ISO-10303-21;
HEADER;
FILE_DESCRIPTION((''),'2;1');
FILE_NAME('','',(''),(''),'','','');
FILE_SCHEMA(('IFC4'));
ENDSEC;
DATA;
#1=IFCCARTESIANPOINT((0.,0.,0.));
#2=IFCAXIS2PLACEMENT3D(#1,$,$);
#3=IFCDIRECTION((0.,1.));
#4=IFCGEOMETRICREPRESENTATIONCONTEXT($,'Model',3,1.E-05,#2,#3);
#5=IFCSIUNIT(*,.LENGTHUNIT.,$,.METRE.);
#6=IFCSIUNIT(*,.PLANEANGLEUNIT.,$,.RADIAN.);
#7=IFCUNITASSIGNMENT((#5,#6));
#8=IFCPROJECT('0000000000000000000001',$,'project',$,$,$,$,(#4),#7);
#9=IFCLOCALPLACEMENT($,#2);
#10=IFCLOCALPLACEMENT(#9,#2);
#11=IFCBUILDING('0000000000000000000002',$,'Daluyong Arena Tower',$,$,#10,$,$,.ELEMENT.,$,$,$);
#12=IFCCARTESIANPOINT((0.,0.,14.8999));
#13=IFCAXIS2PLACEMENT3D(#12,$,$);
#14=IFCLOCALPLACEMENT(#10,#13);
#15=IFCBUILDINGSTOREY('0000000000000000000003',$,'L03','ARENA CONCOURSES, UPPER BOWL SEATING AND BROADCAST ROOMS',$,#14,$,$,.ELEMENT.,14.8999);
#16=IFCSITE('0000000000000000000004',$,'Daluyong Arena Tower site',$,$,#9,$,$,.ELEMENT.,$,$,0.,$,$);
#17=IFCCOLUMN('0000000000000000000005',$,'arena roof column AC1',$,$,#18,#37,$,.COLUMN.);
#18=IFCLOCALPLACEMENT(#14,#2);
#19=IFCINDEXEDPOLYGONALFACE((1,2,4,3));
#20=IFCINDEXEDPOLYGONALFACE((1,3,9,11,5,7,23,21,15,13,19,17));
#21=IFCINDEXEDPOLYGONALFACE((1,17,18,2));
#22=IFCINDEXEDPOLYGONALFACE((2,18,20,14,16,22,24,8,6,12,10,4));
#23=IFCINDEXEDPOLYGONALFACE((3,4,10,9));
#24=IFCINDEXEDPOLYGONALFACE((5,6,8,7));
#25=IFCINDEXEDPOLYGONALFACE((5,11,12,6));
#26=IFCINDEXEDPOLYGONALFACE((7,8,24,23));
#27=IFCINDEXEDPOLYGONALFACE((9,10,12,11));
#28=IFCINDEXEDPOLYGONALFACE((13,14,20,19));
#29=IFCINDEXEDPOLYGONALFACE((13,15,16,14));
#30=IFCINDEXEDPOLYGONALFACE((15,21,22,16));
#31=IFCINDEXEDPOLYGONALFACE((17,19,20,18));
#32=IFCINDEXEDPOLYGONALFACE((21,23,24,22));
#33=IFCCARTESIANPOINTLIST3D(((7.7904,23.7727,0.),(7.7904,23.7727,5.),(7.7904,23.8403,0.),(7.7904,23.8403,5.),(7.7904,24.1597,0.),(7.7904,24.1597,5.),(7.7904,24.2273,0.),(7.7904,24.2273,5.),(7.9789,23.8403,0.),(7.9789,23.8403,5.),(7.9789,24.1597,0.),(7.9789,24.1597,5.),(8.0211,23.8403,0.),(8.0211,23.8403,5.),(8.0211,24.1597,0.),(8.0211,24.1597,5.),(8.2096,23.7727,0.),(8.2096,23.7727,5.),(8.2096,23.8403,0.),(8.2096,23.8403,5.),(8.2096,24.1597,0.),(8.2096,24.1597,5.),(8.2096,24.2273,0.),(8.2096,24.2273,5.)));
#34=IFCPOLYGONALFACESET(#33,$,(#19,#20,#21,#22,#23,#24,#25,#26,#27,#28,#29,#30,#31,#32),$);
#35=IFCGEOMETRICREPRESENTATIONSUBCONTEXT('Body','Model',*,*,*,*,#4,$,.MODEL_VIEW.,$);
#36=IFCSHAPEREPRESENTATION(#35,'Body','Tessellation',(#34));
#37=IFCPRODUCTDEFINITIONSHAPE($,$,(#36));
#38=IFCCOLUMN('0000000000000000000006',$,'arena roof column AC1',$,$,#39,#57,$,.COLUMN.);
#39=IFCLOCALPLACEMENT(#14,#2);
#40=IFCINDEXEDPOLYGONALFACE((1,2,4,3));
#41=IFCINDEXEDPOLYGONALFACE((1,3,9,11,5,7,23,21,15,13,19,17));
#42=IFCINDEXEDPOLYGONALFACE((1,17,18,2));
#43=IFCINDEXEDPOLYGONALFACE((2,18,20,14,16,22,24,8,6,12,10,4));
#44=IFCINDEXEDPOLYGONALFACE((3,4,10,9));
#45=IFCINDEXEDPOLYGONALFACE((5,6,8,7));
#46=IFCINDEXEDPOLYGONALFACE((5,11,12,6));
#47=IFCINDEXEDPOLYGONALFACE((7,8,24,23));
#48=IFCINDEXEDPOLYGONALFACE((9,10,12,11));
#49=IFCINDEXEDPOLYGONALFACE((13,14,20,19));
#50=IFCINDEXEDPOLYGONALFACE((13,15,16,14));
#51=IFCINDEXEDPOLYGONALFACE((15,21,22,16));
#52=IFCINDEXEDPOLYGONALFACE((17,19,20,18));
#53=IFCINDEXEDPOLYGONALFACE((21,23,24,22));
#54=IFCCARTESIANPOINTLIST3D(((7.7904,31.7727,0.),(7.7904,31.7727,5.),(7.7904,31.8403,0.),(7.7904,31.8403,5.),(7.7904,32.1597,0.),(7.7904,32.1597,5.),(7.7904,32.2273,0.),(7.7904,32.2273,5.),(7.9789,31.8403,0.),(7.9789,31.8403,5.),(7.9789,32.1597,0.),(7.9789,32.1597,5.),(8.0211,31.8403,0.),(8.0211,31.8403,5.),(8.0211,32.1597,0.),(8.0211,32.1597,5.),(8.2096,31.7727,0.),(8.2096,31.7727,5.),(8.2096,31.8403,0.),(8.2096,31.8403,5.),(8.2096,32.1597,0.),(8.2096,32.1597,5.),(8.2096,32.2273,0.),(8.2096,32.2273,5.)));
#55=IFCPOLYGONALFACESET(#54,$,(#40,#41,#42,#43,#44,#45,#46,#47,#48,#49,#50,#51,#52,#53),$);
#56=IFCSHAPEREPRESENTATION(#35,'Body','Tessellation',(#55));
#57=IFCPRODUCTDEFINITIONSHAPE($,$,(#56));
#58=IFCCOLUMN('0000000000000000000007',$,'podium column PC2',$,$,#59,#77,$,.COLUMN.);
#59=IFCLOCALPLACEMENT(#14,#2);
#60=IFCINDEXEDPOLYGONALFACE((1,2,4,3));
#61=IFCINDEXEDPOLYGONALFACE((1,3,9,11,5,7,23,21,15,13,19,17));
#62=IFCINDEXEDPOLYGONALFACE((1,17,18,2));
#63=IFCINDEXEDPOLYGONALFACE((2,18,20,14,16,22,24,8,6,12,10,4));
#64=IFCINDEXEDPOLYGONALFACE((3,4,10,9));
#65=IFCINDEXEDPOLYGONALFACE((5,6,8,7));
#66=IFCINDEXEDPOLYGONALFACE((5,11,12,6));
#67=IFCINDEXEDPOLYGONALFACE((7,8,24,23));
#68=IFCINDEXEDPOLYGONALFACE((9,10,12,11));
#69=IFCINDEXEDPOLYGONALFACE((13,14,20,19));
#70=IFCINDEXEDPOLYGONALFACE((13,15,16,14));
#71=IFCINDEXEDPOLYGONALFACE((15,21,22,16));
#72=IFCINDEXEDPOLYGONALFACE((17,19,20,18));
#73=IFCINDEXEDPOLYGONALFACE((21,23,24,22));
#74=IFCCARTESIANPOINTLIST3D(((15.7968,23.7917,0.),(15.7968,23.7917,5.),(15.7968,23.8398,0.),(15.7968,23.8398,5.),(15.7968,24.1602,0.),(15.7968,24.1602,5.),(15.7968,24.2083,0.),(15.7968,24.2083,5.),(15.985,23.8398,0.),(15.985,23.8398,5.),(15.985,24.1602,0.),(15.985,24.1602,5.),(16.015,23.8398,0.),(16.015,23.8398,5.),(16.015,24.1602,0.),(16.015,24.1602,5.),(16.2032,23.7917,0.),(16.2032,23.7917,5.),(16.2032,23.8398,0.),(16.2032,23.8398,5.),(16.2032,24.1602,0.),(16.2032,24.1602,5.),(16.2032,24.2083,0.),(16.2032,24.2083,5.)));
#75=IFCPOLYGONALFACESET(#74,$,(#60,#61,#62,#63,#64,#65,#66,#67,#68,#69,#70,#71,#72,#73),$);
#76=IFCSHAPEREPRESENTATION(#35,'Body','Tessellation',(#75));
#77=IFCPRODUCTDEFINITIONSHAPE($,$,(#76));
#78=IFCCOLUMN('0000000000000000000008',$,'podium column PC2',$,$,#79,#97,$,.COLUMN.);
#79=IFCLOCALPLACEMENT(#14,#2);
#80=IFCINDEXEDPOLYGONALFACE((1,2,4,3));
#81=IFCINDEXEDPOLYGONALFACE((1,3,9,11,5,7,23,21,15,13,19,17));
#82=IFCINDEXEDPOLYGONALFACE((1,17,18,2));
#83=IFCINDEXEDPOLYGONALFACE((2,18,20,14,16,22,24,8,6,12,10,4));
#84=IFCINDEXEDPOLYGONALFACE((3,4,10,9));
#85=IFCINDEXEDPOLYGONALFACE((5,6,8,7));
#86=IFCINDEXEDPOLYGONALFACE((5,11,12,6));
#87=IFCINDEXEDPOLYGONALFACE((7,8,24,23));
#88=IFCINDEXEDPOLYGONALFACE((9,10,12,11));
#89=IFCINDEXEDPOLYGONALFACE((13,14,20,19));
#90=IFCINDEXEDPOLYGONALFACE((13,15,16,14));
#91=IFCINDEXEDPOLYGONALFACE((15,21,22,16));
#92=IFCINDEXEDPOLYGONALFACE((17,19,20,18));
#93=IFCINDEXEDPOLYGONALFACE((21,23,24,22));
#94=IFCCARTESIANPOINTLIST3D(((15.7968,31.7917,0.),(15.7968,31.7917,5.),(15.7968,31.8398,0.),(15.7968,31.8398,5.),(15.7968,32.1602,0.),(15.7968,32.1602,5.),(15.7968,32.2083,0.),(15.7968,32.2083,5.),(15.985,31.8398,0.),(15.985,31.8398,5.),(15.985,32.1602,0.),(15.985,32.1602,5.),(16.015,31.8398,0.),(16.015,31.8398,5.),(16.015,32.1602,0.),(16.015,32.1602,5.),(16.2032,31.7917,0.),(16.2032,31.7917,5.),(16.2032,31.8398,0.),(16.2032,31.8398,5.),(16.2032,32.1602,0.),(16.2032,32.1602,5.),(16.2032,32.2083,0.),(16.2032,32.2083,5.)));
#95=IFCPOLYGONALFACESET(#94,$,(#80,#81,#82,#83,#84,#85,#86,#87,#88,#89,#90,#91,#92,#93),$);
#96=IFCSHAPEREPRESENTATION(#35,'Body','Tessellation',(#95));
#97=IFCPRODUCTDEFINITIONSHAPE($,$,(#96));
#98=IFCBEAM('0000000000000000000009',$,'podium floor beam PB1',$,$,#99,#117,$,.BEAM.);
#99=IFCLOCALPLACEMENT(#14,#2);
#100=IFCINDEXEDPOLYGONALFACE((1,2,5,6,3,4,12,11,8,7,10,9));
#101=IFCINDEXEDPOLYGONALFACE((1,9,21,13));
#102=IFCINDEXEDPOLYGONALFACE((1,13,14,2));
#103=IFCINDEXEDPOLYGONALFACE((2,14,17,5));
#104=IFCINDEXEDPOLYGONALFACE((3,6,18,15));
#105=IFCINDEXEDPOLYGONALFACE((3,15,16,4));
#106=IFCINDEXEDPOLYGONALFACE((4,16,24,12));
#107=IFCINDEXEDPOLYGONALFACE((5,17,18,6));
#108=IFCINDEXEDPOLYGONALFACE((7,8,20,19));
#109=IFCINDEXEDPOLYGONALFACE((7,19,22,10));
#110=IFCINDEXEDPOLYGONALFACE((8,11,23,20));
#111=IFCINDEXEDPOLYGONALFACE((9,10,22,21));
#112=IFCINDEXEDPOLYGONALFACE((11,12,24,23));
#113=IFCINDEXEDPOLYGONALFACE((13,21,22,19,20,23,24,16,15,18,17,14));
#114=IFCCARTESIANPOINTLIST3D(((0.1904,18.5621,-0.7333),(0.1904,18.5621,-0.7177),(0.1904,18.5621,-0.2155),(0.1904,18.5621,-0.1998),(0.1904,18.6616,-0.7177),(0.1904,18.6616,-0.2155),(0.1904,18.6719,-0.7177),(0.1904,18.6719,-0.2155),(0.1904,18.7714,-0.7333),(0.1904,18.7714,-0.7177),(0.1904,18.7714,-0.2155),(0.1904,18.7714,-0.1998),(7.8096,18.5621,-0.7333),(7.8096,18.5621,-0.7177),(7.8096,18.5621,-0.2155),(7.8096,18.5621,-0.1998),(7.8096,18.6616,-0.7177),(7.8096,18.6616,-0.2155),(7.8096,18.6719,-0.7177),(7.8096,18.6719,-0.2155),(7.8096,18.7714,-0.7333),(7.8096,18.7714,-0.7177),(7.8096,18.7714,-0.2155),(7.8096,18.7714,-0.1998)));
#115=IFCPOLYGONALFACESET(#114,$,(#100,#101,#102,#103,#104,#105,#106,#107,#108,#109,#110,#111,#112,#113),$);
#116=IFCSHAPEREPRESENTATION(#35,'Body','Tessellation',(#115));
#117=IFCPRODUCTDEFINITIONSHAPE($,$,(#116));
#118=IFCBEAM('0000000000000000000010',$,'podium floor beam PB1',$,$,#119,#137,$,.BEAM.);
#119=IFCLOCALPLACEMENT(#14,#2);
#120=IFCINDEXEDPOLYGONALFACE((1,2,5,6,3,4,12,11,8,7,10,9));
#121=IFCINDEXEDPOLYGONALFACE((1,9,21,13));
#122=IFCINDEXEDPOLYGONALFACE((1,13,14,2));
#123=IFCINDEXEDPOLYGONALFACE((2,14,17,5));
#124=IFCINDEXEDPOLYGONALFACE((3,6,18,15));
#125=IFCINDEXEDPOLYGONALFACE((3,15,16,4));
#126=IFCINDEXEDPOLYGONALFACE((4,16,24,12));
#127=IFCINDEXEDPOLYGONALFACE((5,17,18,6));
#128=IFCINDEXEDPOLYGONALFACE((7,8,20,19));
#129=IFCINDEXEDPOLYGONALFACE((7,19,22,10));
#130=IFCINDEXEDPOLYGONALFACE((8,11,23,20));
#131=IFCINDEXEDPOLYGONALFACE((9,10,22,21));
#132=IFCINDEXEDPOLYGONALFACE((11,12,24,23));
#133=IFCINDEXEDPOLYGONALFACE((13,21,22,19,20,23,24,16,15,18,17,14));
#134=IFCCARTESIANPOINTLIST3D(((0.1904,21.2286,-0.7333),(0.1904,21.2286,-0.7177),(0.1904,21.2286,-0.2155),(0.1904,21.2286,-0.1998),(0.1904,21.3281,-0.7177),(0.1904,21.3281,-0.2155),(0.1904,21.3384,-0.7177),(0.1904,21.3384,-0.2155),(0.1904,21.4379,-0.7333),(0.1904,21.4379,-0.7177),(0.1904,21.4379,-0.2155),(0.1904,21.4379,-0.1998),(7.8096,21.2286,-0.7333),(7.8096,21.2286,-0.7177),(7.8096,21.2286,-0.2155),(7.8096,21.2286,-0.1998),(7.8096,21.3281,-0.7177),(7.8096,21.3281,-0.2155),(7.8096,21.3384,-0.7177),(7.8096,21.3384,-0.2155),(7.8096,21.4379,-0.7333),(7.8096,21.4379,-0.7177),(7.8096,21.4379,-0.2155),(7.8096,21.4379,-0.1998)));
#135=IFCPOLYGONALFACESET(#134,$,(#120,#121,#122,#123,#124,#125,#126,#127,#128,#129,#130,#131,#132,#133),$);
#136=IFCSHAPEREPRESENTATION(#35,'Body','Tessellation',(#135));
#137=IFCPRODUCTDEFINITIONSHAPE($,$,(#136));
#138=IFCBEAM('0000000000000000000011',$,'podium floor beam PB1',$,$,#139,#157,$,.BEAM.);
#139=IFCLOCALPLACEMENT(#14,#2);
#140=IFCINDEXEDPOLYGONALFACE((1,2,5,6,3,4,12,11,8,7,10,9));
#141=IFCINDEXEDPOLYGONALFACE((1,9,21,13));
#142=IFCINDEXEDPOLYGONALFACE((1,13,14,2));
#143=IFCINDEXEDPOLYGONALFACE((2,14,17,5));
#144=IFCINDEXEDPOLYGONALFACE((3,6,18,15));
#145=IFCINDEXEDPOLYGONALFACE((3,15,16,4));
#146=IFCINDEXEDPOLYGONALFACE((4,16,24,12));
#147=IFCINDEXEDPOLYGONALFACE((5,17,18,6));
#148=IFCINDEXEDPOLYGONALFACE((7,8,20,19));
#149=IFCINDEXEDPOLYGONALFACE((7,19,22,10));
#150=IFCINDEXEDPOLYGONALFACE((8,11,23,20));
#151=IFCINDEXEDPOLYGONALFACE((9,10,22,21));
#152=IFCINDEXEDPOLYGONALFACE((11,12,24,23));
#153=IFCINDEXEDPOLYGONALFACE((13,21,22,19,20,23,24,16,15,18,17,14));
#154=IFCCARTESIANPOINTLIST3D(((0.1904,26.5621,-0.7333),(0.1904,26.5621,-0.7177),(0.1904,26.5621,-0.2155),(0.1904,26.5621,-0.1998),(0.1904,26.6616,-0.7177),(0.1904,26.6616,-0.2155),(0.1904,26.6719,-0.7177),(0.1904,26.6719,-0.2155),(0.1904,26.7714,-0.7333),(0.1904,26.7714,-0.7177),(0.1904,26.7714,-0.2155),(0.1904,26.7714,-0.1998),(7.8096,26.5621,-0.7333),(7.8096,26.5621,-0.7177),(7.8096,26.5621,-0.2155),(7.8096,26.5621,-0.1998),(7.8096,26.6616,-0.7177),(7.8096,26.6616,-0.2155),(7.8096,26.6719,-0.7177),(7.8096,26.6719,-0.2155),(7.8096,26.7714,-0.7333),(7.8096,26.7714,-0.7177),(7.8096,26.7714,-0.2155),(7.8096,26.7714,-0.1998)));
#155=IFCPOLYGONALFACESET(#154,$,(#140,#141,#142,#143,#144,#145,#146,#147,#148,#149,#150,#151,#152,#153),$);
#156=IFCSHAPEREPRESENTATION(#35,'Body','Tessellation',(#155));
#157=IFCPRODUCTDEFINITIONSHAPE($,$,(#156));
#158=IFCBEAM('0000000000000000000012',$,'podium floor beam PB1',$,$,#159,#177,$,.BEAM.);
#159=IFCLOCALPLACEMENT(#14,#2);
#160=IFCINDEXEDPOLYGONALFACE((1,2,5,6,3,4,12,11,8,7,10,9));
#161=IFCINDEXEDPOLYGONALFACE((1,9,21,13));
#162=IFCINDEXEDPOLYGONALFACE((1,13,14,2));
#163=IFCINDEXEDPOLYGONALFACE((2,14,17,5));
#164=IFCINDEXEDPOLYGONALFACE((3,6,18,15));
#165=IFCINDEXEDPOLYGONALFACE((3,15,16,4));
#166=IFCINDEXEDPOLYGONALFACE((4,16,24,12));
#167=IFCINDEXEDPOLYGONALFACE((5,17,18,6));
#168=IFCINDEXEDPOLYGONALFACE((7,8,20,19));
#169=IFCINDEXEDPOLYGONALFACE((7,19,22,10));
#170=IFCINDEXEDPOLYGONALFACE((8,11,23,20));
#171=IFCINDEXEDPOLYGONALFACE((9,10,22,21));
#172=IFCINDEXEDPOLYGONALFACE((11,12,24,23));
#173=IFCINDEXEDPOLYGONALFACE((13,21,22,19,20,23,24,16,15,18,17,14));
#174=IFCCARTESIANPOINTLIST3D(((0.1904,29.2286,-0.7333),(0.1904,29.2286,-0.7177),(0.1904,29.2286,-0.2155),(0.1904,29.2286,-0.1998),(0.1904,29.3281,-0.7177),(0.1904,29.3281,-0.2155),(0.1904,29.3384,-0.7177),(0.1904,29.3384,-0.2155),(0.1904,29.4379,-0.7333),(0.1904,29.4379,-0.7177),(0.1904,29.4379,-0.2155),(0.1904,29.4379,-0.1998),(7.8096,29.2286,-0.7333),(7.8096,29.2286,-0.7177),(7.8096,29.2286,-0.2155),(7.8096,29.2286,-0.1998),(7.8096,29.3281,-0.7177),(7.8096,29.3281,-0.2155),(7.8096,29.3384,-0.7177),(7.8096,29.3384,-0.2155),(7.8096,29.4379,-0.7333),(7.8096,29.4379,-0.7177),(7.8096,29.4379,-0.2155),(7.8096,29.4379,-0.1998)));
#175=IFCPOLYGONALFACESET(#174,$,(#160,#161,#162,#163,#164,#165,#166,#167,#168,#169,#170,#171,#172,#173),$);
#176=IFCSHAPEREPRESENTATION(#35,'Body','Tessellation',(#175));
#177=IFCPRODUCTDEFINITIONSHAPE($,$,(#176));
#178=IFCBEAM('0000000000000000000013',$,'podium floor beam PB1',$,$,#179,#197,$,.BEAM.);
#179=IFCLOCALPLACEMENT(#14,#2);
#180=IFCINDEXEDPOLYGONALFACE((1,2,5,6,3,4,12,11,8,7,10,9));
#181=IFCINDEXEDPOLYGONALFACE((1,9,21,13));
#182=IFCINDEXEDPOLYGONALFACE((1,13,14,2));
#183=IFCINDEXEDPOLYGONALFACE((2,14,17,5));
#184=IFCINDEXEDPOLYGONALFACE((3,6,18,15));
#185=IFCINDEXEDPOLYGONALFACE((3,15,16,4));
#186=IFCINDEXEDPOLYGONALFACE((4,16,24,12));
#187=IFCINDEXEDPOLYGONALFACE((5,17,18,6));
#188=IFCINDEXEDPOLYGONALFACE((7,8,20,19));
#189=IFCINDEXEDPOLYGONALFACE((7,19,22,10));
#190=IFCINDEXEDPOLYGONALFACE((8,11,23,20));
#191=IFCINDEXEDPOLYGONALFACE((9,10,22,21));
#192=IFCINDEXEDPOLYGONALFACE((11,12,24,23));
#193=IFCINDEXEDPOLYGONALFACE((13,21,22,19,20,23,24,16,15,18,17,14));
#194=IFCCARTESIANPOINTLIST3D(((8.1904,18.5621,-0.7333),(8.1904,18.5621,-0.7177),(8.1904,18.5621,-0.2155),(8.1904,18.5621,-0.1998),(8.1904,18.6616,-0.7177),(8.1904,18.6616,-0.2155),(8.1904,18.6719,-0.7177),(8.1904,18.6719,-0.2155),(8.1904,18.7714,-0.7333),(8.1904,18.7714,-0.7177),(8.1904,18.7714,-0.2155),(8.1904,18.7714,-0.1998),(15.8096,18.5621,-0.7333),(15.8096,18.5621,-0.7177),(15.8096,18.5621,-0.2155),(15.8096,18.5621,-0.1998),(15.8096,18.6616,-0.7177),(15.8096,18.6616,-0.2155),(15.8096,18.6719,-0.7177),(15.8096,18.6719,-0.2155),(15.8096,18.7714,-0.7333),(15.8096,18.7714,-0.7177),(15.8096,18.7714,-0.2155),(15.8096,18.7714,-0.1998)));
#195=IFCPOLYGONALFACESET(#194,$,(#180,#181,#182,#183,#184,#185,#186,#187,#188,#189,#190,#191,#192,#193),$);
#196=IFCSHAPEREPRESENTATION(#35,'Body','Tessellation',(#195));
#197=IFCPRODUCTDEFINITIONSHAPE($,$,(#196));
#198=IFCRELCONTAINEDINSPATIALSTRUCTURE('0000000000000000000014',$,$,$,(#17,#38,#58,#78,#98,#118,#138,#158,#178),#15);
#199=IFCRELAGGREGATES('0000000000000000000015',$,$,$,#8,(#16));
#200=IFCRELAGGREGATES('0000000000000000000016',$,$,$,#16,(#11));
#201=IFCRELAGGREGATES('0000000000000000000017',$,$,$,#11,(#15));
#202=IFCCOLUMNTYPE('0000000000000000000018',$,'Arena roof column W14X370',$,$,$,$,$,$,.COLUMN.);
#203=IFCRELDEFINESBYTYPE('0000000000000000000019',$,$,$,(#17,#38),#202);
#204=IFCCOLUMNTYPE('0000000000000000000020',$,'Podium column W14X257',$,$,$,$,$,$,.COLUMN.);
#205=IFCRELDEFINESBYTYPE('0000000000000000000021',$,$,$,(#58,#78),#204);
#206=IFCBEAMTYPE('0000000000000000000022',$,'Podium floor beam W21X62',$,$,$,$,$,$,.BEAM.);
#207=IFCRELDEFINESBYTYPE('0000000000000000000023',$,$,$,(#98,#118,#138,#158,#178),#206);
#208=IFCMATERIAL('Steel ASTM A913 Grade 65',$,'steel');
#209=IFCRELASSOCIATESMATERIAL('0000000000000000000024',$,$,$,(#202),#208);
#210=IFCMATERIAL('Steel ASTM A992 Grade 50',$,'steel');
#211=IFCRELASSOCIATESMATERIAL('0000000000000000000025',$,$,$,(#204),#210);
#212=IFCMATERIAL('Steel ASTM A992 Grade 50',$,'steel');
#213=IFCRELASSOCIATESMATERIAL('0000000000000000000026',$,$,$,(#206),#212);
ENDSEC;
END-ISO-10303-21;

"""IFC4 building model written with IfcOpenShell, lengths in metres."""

from ifc_helpers import new_model, si_unit, direction, frame, origin, origin_2d, place, context, subcontext, project, spatial, i_section, extrude, material, material_profile, profile_set, type_object, element, save


model = new_model("IFC4")

# Units and contexts
model_context = context("Model", 3, precision=1e-05, world=origin(), true_north=direction((0.0, 1.0)))
body_context = subcontext(model_context, "Body", "Model", "MODEL_VIEW")
ifc_project = project(units=[si_unit("LENGTHUNIT", "METRE"), si_unit("PLANEANGLEUNIT", "RADIAN")], contexts=[model_context])

# Site, building, storey
site_placement = place(None, origin())
site = spatial("IfcSite", under=ifc_project, at=site_placement, Name="Daluyong Arena Tower site", CompositionType="ELEMENT", RefElevation=0.0)
building_placement = place(site_placement, origin())
building = spatial("IfcBuilding", under=site, at=building_placement, Name="Daluyong Arena Tower", CompositionType="ELEMENT")
storey_placement = place(building_placement, frame((0.0, 0.0, 14.8999)))
storey = spatial("IfcBuildingStorey", under=building, at=storey_placement, Name="L03", Description="ARENA CONCOURSES, UPPER BOWL SEATING AND BROADCAST ROOMS", CompositionType="ELEMENT", Elevation=14.8999)

# Columns
ifc_material_1 = material(Name="Steel ASTM A913 Grade 65", Category="steel")
ifc_material_profile_1 = material_profile(ifc_material_1, i_section(OverallWidth=0.4192, OverallDepth=0.4546, WebThickness=0.0422, FlangeThickness=0.0676, at=origin_2d()))
ifc_profile_set_1 = profile_set([ifc_material_profile_1], Name="Steel ASTM A913 Grade 65")
column_type_1 = type_object("IfcColumnType", Name="Arena roof column W14X370", PredefinedType="COLUMN", material=ifc_profile_set_1)
for number, where, z_axis, x_axis, name in (
    (1, (8.0, 24.0, 0.0), (0.0, 0.0, 1.0), (1.0, 0.0, 0.0), "arena roof column AC1"),
    (2, (8.0, 32.0, 0.0), (0.0, 0.0, 1.0), (1.0, 0.0, 0.0), "arena roof column AC1"),
):
    element("IfcColumn", number, at=place(storey_placement, frame(where, z_axis=z_axis, x_axis=x_axis)), inside=storey, type_object=column_type_1, Name=name, PredefinedType="COLUMN", context=body_context, shape_type="SweptSolid", body=[
        extrude(i_section(OverallWidth=0.4192, OverallDepth=0.4546, WebThickness=0.0422, FlangeThickness=0.0676, at=origin_2d()), origin(), (0.0, 0.0, 1.0), 5.0),
    ])
ifc_material_2 = material(Name="Steel ASTM A992 Grade 50", Category="steel")
ifc_material_profile_2 = material_profile(ifc_material_2, i_section(OverallWidth=0.4065, OverallDepth=0.4165, WebThickness=0.03, FlangeThickness=0.0481, at=origin_2d()))
ifc_profile_set_2 = profile_set([ifc_material_profile_2], Name="Steel ASTM A992 Grade 50")
column_type_2 = type_object("IfcColumnType", Name="Podium column W14X257", PredefinedType="COLUMN", material=ifc_profile_set_2)
for number, where, z_axis, x_axis, name in (
    (3, (16.0, 24.0, 0.0), (0.0, 0.0, 1.0), (1.0, 0.0, 0.0), "podium column PC2"),
    (4, (16.0, 32.0, 0.0), (0.0, 0.0, 1.0), (1.0, 0.0, 0.0), "podium column PC2"),
):
    element("IfcColumn", number, at=place(storey_placement, frame(where, z_axis=z_axis, x_axis=x_axis)), inside=storey, type_object=column_type_2, Name=name, PredefinedType="COLUMN", context=body_context, shape_type="SweptSolid", body=[
        extrude(i_section(OverallWidth=0.4065, OverallDepth=0.4165, WebThickness=0.03, FlangeThickness=0.0481, at=origin_2d()), origin(), (0.0, 0.0, 1.0), 5.0),
    ])

# Beams
ifc_material_3 = material(Name="Steel ASTM A992 Grade 50", Category="steel")
ifc_material_profile_3 = material_profile(ifc_material_3, i_section(OverallWidth=0.2092, OverallDepth=0.5334, WebThickness=0.0103, FlangeThickness=0.0156, at=origin_2d()))
ifc_profile_set_3 = profile_set([ifc_material_profile_3], Name="Steel ASTM A992 Grade 50")
beam_type_1 = type_object("IfcBeamType", Name="Podium floor beam W21X62", PredefinedType="BEAM", material=ifc_profile_set_3)
for number, where, z_axis, x_axis, name in (
    (5, (0.1904, 18.6667, -0.4666), (1.0, 0.0, 0.0), (0.0, 1.0, 0.0), "podium floor beam PB1"),
    (6, (0.1904, 21.3333, -0.4666), (1.0, 0.0, 0.0), (0.0, 1.0, 0.0), "podium floor beam PB1"),
    (7, (0.1904, 26.6667, -0.4666), (1.0, 0.0, 0.0), (0.0, 1.0, 0.0), "podium floor beam PB1"),
    (8, (0.1904, 29.3333, -0.4666), (1.0, 0.0, 0.0), (0.0, 1.0, 0.0), "podium floor beam PB1"),
    (9, (8.1904, 18.6667, -0.4666), (1.0, 0.0, 0.0), (0.0, 1.0, 0.0), "podium floor beam PB1"),
):
    element("IfcBeam", number, at=place(storey_placement, frame(where, z_axis=z_axis, x_axis=x_axis)), inside=storey, type_object=beam_type_1, Name=name, PredefinedType="BEAM", context=body_context, shape_type="SweptSolid", body=[
        extrude(i_section(OverallWidth=0.2092, OverallDepth=0.5334, WebThickness=0.0103, FlangeThickness=0.0156, at=origin_2d()), origin(), (0.0, 0.0, 1.0), 7.6191),
    ])

save(model, "model.ifc")
